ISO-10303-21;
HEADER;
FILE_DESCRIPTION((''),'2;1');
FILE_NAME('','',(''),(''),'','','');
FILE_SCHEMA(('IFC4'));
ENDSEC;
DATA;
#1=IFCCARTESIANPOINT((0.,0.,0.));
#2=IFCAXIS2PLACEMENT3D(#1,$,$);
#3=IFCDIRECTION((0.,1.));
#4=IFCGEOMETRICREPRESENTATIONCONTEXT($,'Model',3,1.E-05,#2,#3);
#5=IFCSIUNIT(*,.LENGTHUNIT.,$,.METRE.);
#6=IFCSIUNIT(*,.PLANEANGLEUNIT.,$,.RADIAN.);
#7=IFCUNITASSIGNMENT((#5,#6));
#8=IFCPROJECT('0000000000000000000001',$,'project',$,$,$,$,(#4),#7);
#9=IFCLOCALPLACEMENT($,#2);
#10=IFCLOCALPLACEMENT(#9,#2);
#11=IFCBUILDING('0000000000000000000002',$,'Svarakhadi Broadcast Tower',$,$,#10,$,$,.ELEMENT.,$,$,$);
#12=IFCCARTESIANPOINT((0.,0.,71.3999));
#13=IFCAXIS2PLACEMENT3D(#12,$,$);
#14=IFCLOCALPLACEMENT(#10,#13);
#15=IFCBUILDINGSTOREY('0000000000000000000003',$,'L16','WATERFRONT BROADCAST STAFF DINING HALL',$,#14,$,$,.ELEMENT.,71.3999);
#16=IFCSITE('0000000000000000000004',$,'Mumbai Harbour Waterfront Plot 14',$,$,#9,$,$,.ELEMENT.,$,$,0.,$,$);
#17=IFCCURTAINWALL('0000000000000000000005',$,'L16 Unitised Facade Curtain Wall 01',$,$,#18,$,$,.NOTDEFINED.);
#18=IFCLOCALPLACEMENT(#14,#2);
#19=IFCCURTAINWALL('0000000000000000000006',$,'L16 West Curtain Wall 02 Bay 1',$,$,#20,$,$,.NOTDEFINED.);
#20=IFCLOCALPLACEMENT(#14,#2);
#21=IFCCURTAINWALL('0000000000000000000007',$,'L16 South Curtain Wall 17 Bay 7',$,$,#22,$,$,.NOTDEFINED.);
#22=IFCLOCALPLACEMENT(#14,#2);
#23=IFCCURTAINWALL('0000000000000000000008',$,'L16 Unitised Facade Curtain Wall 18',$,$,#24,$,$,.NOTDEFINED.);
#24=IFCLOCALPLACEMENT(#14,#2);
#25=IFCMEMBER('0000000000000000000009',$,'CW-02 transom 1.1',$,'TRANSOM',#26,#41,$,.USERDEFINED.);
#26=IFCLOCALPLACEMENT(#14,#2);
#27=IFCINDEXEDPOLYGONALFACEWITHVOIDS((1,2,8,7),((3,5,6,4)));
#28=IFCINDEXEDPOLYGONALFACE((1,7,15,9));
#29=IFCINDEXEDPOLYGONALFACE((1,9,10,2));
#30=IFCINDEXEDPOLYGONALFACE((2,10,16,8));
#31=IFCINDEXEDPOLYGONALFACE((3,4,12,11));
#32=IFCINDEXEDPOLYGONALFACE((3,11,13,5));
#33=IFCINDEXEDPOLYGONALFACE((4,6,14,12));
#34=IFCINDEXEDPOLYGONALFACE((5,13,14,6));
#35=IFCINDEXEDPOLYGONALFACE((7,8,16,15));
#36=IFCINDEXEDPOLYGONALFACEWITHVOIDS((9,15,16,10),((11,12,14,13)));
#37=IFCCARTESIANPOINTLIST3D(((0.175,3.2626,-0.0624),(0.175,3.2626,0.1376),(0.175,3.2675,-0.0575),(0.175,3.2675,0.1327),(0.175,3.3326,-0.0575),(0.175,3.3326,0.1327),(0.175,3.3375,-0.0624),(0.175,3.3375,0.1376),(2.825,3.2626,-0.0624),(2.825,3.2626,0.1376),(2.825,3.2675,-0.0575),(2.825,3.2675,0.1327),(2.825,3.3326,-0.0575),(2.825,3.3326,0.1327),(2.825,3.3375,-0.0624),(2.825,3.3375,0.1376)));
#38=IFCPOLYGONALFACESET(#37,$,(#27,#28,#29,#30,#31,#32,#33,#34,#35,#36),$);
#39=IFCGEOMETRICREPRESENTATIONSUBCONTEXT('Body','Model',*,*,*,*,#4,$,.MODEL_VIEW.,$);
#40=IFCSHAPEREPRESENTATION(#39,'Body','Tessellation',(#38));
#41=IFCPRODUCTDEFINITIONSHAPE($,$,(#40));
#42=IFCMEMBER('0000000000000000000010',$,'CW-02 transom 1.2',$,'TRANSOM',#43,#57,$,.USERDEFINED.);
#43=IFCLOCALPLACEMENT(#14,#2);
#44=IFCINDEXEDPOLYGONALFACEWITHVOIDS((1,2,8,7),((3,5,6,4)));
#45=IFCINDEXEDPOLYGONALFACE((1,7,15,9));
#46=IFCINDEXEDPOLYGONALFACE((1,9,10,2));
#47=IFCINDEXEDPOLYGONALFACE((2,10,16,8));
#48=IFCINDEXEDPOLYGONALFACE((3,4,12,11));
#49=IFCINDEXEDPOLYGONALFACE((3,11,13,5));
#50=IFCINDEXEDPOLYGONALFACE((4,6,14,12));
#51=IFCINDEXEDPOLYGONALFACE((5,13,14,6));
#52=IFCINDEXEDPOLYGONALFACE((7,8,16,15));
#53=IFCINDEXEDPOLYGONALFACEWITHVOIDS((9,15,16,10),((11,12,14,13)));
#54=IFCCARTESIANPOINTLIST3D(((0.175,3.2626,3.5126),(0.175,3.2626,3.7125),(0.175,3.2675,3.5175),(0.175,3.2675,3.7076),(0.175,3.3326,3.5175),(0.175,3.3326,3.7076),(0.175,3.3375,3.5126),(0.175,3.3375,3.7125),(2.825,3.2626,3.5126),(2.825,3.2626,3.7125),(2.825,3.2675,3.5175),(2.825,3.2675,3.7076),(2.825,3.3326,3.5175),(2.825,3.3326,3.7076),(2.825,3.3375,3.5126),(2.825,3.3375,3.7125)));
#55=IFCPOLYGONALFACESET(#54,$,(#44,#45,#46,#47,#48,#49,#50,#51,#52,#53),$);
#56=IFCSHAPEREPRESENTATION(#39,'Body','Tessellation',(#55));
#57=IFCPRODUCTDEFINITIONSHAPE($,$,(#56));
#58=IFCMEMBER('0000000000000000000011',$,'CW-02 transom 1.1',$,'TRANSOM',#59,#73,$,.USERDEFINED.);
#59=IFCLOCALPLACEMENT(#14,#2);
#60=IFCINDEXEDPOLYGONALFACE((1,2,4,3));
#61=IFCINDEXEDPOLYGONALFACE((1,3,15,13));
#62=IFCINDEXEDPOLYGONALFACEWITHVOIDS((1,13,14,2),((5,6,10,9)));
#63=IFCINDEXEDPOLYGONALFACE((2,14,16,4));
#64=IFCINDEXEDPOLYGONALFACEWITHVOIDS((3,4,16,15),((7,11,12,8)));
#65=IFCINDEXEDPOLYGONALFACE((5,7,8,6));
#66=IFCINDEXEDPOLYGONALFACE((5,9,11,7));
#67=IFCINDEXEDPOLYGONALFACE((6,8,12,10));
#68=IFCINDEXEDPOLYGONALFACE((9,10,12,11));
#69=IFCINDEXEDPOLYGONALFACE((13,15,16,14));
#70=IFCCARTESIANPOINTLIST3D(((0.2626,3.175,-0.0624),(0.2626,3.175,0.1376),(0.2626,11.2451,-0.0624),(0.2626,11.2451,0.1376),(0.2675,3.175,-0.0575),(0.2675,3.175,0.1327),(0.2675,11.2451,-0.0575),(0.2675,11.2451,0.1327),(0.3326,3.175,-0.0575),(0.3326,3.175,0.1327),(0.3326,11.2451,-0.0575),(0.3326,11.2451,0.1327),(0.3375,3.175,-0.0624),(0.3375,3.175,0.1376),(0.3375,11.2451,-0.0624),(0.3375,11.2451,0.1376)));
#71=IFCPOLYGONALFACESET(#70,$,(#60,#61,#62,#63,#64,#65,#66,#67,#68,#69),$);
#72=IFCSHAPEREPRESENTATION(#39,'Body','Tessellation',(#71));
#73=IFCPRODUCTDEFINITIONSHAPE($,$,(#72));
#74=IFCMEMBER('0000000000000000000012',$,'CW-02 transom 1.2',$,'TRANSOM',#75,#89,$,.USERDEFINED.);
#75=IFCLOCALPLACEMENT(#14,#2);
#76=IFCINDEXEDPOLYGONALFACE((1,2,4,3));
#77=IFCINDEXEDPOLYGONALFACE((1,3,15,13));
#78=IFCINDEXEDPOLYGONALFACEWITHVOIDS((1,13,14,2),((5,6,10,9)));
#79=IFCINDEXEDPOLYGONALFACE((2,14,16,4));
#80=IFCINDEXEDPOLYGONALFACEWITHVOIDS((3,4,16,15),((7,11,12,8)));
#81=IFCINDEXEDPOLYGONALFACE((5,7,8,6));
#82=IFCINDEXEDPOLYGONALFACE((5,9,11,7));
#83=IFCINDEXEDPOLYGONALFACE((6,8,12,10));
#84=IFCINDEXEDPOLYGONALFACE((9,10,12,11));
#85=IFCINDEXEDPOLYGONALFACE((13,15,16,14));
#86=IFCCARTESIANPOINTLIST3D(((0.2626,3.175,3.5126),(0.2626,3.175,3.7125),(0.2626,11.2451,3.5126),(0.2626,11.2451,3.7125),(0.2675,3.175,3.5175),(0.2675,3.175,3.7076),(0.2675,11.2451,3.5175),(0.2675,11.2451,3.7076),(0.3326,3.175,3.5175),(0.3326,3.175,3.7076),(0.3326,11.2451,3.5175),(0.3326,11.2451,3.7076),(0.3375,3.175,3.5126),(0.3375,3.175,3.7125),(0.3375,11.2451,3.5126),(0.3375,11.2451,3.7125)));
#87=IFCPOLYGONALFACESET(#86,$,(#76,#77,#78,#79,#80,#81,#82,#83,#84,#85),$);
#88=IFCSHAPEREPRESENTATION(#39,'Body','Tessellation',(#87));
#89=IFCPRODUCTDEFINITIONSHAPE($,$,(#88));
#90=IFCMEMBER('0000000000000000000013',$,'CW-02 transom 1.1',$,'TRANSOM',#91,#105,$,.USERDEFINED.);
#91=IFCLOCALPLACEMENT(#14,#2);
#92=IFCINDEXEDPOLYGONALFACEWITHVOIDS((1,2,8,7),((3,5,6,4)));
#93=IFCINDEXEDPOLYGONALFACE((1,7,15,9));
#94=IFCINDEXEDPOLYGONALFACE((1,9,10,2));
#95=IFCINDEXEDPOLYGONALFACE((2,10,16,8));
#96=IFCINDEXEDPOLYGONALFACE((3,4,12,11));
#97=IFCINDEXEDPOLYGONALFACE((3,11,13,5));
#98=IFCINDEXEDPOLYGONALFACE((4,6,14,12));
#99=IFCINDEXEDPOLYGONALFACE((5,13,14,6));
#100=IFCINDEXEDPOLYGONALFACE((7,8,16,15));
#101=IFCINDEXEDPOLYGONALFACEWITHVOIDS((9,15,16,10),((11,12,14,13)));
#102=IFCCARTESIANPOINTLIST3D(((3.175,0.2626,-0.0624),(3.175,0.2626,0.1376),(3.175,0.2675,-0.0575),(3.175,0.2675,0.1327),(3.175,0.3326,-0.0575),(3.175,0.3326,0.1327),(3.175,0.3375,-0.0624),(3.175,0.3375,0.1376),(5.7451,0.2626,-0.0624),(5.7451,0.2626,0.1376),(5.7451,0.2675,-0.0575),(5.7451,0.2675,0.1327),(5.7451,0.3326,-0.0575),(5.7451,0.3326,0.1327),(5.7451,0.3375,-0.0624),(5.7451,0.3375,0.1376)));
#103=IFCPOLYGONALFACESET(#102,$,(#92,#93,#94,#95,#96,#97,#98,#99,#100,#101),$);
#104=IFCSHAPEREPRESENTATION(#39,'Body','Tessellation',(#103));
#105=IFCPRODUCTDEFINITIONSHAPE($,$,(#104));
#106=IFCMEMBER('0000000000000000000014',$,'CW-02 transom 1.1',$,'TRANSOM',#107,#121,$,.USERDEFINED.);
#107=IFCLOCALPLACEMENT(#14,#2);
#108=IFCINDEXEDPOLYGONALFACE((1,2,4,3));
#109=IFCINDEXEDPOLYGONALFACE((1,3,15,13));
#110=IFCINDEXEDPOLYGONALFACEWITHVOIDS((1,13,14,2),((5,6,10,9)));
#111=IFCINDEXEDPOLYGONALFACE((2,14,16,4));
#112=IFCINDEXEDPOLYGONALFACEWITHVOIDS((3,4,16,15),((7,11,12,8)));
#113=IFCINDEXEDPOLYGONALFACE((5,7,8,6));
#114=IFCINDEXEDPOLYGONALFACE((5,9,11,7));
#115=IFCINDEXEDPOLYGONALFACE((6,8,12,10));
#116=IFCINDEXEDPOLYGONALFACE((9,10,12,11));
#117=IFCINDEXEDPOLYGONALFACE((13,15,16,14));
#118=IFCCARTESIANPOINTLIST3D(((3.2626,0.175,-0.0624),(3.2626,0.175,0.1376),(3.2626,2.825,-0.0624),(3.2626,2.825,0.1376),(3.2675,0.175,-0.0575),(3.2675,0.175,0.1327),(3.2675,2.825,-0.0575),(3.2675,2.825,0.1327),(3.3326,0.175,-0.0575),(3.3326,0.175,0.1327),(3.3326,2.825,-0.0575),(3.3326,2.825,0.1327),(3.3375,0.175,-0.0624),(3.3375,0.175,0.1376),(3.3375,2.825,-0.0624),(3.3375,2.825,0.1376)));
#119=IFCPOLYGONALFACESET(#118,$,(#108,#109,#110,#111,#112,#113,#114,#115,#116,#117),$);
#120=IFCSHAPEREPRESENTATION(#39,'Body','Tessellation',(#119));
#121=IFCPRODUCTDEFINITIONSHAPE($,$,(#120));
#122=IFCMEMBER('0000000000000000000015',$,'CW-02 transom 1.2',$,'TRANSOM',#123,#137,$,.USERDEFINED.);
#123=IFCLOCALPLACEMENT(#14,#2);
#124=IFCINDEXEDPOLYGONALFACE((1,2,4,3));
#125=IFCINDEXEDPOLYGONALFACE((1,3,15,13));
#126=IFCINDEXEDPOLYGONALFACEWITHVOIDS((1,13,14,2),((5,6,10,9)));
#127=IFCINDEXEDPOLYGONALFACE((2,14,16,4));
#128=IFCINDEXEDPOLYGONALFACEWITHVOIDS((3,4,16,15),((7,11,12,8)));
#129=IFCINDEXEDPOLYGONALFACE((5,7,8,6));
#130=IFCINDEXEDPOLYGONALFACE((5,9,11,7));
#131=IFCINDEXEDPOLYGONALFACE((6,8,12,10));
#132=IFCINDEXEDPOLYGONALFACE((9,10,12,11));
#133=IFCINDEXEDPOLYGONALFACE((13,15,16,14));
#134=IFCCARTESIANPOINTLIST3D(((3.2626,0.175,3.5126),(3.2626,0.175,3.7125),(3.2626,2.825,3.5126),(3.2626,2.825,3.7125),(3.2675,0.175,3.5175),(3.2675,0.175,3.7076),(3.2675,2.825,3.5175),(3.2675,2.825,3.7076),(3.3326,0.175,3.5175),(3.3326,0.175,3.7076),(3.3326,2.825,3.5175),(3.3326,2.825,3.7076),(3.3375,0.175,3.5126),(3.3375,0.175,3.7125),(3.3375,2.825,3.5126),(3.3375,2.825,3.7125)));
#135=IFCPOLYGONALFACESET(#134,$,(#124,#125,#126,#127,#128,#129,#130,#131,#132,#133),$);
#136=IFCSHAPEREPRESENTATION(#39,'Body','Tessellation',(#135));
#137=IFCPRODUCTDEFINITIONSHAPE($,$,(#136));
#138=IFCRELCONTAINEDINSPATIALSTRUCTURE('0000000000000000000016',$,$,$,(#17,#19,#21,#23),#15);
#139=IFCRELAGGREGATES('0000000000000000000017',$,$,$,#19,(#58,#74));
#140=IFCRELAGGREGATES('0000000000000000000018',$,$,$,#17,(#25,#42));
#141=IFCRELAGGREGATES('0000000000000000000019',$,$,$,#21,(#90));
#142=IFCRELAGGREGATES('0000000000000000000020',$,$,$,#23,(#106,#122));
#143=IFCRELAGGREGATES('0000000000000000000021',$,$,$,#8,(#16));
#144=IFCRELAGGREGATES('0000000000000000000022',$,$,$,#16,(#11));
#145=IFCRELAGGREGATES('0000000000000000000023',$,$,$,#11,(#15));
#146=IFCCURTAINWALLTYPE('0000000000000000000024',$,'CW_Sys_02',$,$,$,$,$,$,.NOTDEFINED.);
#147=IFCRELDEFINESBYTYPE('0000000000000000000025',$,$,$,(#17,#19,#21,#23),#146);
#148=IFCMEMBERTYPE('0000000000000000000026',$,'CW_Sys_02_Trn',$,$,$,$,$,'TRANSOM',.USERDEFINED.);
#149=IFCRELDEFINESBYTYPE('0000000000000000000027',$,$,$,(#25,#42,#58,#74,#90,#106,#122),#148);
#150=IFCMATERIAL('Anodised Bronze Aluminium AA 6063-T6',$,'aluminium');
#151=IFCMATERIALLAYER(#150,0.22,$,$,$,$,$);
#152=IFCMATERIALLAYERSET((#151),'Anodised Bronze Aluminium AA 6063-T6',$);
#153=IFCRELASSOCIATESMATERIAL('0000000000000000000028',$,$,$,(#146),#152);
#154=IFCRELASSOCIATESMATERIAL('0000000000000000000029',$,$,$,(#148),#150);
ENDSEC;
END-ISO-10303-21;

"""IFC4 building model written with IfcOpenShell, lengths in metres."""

from ifc_helpers import new_model, si_unit, direction, frame, origin, origin_2d, place, context, subcontext, project, spatial, hollow_rectangle, extrude, material, layer, layer_set, material_profile, profile_set, type_object, element, aggregate, save


model = new_model("IFC4")

# Units and contexts
model_context = context("Model", 3, precision=1e-05, world=origin(), true_north=direction((0.0, 1.0)))
body_context = subcontext(model_context, "Body", "Model", "MODEL_VIEW")
ifc_project = project(units=[si_unit("LENGTHUNIT", "METRE"), si_unit("PLANEANGLEUNIT", "RADIAN")], contexts=[model_context])

# Site, building, storey
site_placement = place(None, origin())
site = spatial("IfcSite", under=ifc_project, at=site_placement, Name="Mumbai Harbour Waterfront Plot 14", CompositionType="ELEMENT", RefElevation=0.0)
building_placement = place(site_placement, origin())
building = spatial("IfcBuilding", under=site, at=building_placement, Name="Svarakhadi Broadcast Tower", CompositionType="ELEMENT")
storey_placement = place(building_placement, frame((0.0, 0.0, 71.3999)))
storey = spatial("IfcBuildingStorey", under=building, at=storey_placement, Name="L16", Description="WATERFRONT BROADCAST STAFF DINING HALL", CompositionType="ELEMENT", Elevation=71.3999)

# Curtain wall
ifc_material_1 = material(Name="Anodised Bronze Aluminium AA 6063-T6", Category="aluminium")
ifc_layer_1 = layer(ifc_material_1, 0.22)
ifc_layer_set_1 = layer_set([ifc_layer_1], Name="Anodised Bronze Aluminium AA 6063-T6")
curtain_wall_type = type_object("IfcCurtainWallType", Name="CW_Sys_02", PredefinedType="NOTDEFINED", material=ifc_layer_set_1)
curtain_wall_1_placement = place(storey_placement, origin())
curtain_wall_1 = element("IfcCurtainWall", 1, at=curtain_wall_1_placement, inside=storey, type_object=curtain_wall_type, Name="L16 Unitised Facade Curtain Wall 01", PredefinedType="NOTDEFINED")

# Curtain walls
curtain_wall_2_placement = place(storey_placement, origin())
curtain_wall_2 = element("IfcCurtainWall", 2, at=curtain_wall_2_placement, inside=storey, type_object=curtain_wall_type, Name="L16 West Curtain Wall 02 Bay 1", PredefinedType="NOTDEFINED")
curtain_wall_3_placement = place(storey_placement, origin())
curtain_wall_3 = element("IfcCurtainWall", 3, at=curtain_wall_3_placement, inside=storey, type_object=curtain_wall_type, Name="L16 South Curtain Wall 17 Bay 7", PredefinedType="NOTDEFINED")

# Curtain wall
curtain_wall_4_placement = place(storey_placement, origin())
curtain_wall_4 = element("IfcCurtainWall", 4, at=curtain_wall_4_placement, inside=storey, type_object=curtain_wall_type, Name="L16 Unitised Facade Curtain Wall 18", PredefinedType="NOTDEFINED")

# Members
ifc_material_profile_1 = material_profile(ifc_material_1, hollow_rectangle(XDim=0.075, YDim=0.2, WallThickness=0.0049, at=origin_2d()), Name="ALU TRANSOM 200x75x5")
ifc_profile_set_1 = profile_set([ifc_material_profile_1], Name="Anodised Bronze Aluminium AA 6063-T6")
member_type_1 = type_object("IfcMemberType", Name="CW_Sys_02_Trn", ElementType="TRANSOM", PredefinedType="USERDEFINED", material=ifc_profile_set_1)
member_1_placement = place(storey_placement, frame((2.825, 3.3, 0.0376), z_axis=(-1.0, 0.0, 0.0), x_axis=(0.0, -1.0, 0.0)))
member_1 = element("IfcMember", 5, at=member_1_placement, type_object=member_type_1, Name="CW-02 transom 1.1", ObjectType="TRANSOM", PredefinedType="USERDEFINED", context=body_context, shape_type="SweptSolid", body=[
    extrude(hollow_rectangle(XDim=0.075, YDim=0.2, WallThickness=0.0049, at=origin_2d()), origin(), (0.0, 0.0, 1.0), 2.6499),
])
member_2_placement = place(storey_placement, frame((2.825, 3.3, 3.6125), z_axis=(-1.0, 0.0, 0.0), x_axis=(0.0, -1.0, 0.0)))
member_2 = element("IfcMember", 6, at=member_2_placement, type_object=member_type_1, Name="CW-02 transom 1.2", ObjectType="TRANSOM", PredefinedType="USERDEFINED", context=body_context, shape_type="SweptSolid", body=[
    extrude(hollow_rectangle(XDim=0.075, YDim=0.2, WallThickness=0.0049, at=origin_2d()), origin(), (0.0, 0.0, 1.0), 2.6499),
])
member_3_placement = place(storey_placement, frame((0.3, 3.175, 0.0376), z_axis=(0.0, 1.0, 0.0), x_axis=(-1.0, 0.0, 0.0)))
member_3 = element("IfcMember", 7, at=member_3_placement, type_object=member_type_1, Name="CW-02 transom 1.1", ObjectType="TRANSOM", PredefinedType="USERDEFINED", context=body_context, shape_type="SweptSolid", body=[
    extrude(hollow_rectangle(XDim=0.075, YDim=0.2, WallThickness=0.0049, at=origin_2d()), origin(), (0.0, 0.0, 1.0), 8.0701),
])
member_4_placement = place(storey_placement, frame((0.3, 3.175, 3.6125), z_axis=(0.0, 1.0, 0.0), x_axis=(-1.0, 0.0, 0.0)))
member_4 = element("IfcMember", 8, at=member_4_placement, type_object=member_type_1, Name="CW-02 transom 1.2", ObjectType="TRANSOM", PredefinedType="USERDEFINED", context=body_context, shape_type="SweptSolid", body=[
    extrude(hollow_rectangle(XDim=0.075, YDim=0.2, WallThickness=0.0049, at=origin_2d()), origin(), (0.0, 0.0, 1.0), 8.0701),
])
aggregate(curtain_wall_2, [member_3, member_4])
member_5_placement = place(storey_placement, frame((5.7451, 0.3, 0.0376), z_axis=(-1.0, 0.0, 0.0), x_axis=(0.0, -1.0, 0.0)))
member_5 = element("IfcMember", 9, at=member_5_placement, type_object=member_type_1, Name="CW-02 transom 1.1", ObjectType="TRANSOM", PredefinedType="USERDEFINED", context=body_context, shape_type="SweptSolid", body=[
    extrude(hollow_rectangle(XDim=0.075, YDim=0.2, WallThickness=0.0049, at=origin_2d()), origin(), (0.0, 0.0, 1.0), 2.5701),
])
member_6_placement = place(storey_placement, frame((3.3, 0.175, 0.0376), z_axis=(0.0, 1.0, 0.0), x_axis=(-1.0, 0.0, 0.0)))
member_6 = element("IfcMember", 10, at=member_6_placement, type_object=member_type_1, Name="CW-02 transom 1.1", ObjectType="TRANSOM", PredefinedType="USERDEFINED", context=body_context, shape_type="SweptSolid", body=[
    extrude(hollow_rectangle(XDim=0.075, YDim=0.2, WallThickness=0.0049, at=origin_2d()), origin(), (0.0, 0.0, 1.0), 2.6499),
])
member_7_placement = place(storey_placement, frame((3.3, 0.175, 3.6125), z_axis=(0.0, 1.0, 0.0), x_axis=(-1.0, 0.0, 0.0)))
member_7 = element("IfcMember", 11, at=member_7_placement, type_object=member_type_1, Name="CW-02 transom 1.2", ObjectType="TRANSOM", PredefinedType="USERDEFINED", context=body_context, shape_type="SweptSolid", body=[
    extrude(hollow_rectangle(XDim=0.075, YDim=0.2, WallThickness=0.0049, at=origin_2d()), origin(), (0.0, 0.0, 1.0), 2.6499),
])

aggregate(curtain_wall_1, [member_1, member_2])
aggregate(curtain_wall_3, [member_5])
aggregate(curtain_wall_4, [member_6, member_7])

save(model, "model.ifc")
